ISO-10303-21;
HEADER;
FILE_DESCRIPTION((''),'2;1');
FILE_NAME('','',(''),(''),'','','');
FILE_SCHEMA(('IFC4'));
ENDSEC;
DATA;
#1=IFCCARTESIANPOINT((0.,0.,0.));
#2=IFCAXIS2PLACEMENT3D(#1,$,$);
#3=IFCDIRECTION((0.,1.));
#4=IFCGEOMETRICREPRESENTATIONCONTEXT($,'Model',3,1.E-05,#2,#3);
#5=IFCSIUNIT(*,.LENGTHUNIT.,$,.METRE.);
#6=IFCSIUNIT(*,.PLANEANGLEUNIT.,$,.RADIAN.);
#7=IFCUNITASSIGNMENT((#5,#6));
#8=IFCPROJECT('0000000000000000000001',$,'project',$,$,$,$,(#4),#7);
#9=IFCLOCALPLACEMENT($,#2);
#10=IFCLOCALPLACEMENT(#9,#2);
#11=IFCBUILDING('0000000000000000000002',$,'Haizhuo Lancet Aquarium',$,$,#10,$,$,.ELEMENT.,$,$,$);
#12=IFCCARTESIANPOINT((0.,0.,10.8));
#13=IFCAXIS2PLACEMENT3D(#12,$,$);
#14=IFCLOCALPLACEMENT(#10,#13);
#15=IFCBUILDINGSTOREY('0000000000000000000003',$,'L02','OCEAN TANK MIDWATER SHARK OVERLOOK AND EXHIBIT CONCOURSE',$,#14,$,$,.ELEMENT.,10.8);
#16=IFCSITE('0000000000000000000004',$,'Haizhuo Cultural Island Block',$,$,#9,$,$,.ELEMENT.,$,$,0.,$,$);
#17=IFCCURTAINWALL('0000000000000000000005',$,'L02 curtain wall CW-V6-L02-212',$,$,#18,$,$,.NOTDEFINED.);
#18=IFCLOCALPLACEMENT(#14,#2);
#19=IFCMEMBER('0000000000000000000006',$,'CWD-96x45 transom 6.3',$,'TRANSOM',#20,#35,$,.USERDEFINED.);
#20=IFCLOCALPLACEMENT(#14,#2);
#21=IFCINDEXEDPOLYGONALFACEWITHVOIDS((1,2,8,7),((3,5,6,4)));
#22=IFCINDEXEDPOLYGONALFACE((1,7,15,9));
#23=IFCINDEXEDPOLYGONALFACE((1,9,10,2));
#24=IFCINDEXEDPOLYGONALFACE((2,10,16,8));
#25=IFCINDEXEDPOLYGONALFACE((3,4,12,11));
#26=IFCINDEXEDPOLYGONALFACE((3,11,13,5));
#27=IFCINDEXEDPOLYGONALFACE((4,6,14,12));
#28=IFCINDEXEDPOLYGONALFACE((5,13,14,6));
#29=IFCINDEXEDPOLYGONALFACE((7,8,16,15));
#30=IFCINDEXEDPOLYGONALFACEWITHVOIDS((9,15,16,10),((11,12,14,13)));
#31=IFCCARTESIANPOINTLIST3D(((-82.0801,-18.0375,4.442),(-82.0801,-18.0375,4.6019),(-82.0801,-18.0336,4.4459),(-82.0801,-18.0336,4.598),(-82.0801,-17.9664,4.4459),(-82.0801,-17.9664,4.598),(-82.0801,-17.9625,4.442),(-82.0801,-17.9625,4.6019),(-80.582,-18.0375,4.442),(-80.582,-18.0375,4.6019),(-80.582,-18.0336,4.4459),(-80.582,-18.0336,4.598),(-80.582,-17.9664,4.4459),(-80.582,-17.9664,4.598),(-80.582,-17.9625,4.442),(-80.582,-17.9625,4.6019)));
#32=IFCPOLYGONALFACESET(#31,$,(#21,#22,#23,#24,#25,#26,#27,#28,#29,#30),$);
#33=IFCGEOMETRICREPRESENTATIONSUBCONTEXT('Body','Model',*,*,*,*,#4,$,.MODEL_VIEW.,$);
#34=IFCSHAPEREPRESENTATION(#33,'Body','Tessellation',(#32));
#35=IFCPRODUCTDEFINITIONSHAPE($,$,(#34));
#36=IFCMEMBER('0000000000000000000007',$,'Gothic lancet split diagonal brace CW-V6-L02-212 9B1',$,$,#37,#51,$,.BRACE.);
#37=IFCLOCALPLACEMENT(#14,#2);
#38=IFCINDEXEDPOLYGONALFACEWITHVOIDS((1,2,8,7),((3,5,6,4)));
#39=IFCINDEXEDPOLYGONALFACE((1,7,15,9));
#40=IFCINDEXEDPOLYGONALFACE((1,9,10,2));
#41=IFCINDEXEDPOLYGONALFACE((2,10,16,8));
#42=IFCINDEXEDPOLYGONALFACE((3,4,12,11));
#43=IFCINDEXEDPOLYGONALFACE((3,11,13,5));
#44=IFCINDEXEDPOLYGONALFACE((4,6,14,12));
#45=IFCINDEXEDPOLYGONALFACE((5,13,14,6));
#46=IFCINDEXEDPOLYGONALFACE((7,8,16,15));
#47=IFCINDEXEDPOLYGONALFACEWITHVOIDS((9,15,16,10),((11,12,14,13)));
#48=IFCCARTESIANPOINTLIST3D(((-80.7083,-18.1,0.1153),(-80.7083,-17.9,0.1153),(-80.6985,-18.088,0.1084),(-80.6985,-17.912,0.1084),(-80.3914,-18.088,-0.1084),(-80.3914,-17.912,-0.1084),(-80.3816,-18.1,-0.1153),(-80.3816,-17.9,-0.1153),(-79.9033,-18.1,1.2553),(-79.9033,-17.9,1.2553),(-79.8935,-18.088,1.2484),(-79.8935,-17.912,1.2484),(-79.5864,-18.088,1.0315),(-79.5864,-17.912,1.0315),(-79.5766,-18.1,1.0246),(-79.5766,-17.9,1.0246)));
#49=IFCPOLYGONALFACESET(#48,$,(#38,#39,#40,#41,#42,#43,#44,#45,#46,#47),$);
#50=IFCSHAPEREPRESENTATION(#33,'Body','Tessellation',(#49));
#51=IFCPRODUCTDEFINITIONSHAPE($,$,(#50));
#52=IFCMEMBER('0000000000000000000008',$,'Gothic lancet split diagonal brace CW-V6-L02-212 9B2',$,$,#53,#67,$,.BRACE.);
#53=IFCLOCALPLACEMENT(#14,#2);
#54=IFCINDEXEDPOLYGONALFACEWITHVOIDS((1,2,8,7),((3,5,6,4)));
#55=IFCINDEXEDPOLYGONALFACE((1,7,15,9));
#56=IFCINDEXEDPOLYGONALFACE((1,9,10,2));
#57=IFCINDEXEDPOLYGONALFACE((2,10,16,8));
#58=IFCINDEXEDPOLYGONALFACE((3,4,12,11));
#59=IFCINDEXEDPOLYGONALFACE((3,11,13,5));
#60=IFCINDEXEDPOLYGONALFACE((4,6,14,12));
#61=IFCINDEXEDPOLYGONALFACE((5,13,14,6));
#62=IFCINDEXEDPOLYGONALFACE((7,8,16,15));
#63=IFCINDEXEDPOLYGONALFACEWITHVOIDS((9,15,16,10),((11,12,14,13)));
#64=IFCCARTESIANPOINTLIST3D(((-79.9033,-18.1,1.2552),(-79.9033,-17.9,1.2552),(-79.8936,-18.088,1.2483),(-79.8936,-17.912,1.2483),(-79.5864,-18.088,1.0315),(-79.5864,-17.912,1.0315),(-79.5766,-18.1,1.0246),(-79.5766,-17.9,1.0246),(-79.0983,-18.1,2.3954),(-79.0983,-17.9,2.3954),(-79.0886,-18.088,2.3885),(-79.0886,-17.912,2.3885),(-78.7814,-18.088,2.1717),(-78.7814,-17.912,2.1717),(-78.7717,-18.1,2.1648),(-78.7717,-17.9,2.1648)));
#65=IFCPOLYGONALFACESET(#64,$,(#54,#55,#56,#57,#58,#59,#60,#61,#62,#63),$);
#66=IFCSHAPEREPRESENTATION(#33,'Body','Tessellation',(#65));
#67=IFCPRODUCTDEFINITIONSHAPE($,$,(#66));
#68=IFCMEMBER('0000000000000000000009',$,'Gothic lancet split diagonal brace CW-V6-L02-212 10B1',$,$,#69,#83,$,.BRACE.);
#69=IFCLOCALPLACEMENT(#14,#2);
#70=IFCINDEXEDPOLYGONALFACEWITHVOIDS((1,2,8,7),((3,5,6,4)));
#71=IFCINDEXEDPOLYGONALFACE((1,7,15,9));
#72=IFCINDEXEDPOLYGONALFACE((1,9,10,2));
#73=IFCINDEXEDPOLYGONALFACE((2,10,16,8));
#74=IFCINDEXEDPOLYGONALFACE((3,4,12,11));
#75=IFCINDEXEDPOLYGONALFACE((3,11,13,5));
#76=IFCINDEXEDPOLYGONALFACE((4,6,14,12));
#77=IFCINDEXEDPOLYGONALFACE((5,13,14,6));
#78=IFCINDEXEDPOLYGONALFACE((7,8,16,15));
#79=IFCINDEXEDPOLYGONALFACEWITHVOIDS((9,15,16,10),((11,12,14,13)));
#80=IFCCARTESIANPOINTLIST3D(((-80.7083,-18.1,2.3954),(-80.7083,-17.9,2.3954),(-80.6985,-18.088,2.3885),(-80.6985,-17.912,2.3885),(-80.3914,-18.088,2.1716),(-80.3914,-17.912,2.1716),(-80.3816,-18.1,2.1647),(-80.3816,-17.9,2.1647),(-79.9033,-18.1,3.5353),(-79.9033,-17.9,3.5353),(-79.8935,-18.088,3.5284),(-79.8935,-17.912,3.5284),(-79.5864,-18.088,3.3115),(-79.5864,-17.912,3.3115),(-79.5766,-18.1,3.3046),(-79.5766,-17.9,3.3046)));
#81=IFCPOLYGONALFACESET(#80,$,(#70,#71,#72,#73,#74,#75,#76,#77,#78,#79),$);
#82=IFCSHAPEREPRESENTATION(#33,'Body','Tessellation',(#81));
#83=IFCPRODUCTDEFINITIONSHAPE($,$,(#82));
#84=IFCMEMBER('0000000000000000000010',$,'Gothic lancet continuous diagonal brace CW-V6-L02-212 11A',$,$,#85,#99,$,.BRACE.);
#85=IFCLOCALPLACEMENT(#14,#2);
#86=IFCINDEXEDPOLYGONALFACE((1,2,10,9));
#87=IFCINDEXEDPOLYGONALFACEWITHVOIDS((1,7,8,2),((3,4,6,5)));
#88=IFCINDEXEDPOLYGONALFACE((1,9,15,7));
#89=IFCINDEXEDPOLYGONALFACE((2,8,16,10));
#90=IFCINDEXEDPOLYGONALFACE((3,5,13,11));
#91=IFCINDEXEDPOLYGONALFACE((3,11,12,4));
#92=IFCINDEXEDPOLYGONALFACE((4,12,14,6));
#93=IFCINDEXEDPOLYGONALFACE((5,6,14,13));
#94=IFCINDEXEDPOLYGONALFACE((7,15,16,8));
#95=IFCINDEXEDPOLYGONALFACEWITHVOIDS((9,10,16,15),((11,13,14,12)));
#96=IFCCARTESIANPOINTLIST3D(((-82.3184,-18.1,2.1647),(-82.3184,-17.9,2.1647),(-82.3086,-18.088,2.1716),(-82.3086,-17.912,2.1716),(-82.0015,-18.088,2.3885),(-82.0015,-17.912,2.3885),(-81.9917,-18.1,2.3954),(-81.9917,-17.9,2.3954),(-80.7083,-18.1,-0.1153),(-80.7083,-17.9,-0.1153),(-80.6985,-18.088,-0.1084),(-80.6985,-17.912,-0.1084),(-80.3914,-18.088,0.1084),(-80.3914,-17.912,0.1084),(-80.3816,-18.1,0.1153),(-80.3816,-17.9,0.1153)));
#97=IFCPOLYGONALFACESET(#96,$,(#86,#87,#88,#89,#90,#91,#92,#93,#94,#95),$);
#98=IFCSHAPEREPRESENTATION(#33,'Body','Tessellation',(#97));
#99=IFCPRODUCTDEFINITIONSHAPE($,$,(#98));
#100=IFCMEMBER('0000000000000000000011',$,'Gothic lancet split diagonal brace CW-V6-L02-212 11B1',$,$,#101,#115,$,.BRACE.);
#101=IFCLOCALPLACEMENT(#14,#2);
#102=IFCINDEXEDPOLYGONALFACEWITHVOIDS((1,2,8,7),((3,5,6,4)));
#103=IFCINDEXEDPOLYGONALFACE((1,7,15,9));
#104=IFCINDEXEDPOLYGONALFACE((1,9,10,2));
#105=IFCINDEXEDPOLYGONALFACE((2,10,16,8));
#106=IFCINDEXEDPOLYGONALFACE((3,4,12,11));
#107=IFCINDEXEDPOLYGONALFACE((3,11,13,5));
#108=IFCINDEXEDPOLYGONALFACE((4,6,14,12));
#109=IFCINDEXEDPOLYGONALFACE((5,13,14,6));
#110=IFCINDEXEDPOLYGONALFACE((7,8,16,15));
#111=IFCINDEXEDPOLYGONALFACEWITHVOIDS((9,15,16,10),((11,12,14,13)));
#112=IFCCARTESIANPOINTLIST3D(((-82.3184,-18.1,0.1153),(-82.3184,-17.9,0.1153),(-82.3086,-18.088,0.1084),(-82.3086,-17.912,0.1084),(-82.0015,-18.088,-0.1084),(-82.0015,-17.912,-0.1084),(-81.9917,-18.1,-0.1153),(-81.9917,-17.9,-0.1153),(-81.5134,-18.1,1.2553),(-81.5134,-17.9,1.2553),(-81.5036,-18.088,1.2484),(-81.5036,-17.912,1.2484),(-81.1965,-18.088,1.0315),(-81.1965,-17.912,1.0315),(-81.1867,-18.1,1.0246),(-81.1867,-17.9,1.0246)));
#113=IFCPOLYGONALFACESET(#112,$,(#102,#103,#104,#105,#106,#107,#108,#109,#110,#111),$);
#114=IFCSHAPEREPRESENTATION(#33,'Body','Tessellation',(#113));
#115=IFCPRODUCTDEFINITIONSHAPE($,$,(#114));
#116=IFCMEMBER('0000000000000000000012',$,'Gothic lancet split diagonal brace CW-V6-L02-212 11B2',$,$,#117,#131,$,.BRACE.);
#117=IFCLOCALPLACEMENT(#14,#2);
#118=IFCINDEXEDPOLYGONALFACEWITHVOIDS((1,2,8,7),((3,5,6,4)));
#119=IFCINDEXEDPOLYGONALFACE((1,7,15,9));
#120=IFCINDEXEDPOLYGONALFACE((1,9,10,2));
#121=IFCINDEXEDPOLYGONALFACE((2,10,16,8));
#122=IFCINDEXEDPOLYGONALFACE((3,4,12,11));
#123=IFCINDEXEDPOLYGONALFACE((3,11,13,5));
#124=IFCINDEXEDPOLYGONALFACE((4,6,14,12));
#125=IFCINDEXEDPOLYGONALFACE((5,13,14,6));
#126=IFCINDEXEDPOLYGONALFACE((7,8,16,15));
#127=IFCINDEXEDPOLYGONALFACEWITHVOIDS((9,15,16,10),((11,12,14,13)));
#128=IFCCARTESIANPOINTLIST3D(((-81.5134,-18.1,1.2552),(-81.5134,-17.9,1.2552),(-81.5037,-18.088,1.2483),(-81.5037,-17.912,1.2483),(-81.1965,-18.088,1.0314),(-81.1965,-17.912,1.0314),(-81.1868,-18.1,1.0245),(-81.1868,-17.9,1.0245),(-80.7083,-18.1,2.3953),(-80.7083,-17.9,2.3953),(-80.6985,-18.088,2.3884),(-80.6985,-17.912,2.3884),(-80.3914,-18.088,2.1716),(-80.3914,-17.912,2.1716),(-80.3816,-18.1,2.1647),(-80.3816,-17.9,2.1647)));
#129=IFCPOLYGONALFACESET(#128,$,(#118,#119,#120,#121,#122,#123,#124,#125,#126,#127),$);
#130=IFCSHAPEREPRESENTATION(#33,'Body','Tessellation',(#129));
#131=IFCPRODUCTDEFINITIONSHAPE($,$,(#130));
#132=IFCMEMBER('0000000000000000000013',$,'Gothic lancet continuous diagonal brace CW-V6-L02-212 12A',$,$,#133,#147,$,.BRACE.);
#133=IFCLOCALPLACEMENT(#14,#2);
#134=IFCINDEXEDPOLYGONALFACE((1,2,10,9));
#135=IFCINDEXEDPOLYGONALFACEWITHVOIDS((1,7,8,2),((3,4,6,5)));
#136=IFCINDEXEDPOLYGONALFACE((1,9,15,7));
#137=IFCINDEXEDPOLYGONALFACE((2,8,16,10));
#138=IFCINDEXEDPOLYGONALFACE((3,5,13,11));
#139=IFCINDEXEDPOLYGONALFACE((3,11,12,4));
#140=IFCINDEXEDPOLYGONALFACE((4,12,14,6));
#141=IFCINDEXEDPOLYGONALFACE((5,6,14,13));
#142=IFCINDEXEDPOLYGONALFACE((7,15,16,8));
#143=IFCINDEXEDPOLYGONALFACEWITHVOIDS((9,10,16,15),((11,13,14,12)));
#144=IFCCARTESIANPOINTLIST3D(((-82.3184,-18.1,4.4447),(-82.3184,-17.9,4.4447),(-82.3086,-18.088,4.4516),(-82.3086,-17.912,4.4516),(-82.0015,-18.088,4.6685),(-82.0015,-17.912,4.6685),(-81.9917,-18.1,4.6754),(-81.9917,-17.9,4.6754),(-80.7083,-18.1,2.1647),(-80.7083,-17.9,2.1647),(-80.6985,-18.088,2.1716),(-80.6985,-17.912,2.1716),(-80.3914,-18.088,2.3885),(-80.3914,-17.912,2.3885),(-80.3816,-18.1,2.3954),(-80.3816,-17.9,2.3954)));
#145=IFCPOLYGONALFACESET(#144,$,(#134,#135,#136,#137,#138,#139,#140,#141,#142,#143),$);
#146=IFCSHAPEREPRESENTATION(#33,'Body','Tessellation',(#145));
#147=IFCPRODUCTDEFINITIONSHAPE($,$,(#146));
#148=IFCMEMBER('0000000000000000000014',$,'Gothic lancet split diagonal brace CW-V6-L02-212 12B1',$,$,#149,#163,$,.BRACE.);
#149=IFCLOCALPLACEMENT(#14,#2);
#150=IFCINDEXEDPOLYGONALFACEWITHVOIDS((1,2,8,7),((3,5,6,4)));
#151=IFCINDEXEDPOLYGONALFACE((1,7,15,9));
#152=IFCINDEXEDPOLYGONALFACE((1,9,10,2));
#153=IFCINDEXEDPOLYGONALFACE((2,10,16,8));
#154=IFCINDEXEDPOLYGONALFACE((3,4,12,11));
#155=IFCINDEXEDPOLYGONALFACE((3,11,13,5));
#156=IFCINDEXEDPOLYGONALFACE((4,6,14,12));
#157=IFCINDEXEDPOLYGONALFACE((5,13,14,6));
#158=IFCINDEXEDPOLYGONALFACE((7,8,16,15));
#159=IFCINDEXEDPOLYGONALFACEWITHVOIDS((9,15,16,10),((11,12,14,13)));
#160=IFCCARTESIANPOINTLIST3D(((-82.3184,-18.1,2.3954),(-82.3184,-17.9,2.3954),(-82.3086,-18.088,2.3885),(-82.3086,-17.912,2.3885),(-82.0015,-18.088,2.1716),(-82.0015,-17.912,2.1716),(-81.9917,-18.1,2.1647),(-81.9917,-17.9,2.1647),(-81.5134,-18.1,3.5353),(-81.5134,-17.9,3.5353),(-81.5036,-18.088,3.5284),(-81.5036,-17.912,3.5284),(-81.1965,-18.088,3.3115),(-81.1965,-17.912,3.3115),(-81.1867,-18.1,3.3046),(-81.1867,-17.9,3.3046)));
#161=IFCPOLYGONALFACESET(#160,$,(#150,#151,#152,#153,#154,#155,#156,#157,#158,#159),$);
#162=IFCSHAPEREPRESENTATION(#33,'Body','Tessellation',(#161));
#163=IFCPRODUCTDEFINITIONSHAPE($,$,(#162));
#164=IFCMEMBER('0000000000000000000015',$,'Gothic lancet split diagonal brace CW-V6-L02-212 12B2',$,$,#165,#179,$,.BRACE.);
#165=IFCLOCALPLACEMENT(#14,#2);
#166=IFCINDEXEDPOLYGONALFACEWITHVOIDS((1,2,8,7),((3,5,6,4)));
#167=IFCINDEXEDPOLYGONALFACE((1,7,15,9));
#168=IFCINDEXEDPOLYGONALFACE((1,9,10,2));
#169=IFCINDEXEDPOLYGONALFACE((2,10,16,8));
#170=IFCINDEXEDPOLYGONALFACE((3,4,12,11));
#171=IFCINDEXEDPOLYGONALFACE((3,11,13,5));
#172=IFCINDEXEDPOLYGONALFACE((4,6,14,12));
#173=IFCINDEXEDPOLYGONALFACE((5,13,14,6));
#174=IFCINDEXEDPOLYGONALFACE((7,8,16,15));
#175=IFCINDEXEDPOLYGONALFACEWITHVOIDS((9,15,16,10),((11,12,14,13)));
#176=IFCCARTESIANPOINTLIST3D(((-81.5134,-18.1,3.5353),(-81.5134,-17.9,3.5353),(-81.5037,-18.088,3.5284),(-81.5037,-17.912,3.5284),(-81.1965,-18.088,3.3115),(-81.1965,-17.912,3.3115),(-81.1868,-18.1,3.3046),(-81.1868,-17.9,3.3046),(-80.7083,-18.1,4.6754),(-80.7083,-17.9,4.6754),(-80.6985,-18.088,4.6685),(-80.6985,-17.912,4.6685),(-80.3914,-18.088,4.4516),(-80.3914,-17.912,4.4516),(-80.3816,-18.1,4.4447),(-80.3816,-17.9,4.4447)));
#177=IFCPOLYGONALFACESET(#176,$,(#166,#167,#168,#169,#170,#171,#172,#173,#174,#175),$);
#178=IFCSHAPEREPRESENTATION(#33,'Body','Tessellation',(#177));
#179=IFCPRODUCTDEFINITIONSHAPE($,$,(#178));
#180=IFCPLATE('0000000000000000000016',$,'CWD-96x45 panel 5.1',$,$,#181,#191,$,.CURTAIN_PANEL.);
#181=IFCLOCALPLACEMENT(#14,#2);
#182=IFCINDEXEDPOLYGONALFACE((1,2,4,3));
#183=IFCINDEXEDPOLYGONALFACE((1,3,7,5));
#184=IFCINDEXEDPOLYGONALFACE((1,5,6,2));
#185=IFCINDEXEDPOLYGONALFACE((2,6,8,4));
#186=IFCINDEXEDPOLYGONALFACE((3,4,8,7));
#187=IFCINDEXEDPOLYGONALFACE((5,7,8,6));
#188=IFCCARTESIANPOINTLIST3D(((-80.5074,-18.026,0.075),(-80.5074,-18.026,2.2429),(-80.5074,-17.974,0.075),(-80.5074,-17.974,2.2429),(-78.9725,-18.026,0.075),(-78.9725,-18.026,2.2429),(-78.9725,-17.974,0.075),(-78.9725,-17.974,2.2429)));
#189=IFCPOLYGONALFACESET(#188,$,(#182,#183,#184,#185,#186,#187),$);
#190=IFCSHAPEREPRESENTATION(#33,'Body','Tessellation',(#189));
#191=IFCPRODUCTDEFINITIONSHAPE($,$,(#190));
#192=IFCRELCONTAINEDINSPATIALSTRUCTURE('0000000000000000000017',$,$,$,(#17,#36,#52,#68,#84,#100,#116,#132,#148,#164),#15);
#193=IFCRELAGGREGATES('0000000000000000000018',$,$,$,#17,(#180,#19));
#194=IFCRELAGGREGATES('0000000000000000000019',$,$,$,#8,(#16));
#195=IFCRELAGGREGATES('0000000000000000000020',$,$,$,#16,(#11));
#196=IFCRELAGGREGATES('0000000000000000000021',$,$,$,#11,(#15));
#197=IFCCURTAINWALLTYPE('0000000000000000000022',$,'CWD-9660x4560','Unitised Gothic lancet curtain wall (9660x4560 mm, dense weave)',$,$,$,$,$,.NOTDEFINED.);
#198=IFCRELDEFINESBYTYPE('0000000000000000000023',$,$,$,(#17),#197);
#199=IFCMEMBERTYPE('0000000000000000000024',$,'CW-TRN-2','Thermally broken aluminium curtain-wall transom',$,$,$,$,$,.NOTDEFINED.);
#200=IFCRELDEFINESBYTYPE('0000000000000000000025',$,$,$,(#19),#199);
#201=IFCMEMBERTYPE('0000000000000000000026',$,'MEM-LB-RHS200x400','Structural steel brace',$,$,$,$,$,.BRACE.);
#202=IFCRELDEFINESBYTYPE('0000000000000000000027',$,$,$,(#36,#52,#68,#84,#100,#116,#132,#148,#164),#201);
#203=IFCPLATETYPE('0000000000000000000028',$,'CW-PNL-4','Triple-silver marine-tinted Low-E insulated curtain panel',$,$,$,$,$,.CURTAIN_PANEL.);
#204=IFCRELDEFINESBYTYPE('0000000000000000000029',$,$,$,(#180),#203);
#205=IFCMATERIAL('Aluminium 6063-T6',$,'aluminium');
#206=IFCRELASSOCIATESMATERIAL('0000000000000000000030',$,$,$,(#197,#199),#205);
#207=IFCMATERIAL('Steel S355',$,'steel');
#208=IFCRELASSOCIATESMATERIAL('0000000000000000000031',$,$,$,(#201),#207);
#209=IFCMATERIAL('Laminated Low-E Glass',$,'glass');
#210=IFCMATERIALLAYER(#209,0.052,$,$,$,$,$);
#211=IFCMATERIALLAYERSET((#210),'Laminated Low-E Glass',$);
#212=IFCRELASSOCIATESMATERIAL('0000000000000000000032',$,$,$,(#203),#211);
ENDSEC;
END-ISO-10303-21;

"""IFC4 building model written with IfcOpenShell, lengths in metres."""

from ifc_helpers import new_model, si_unit, direction, frame, origin, origin_2d, place, context, subcontext, project, spatial, rectangle, hollow_rectangle, extrude, material, layer, layer_set, material_profile, profile_set, type_object, element, aggregate, save


model = new_model("IFC4")

# Units and contexts
model_context = context("Model", 3, precision=1e-05, world=origin(), true_north=direction((0.0, 1.0)))
body_context = subcontext(model_context, "Body", "Model", "MODEL_VIEW")
ifc_project = project(units=[si_unit("LENGTHUNIT", "METRE"), si_unit("PLANEANGLEUNIT", "RADIAN")], contexts=[model_context])

# Site, building, storey
site_placement = place(None, origin())
site = spatial("IfcSite", under=ifc_project, at=site_placement, Name="Haizhuo Cultural Island Block", CompositionType="ELEMENT", RefElevation=0.0)
building_placement = place(site_placement, origin())
building = spatial("IfcBuilding", under=site, at=building_placement, Name="Haizhuo Lancet Aquarium", CompositionType="ELEMENT")
storey_placement = place(building_placement, frame((0.0, 0.0, 10.8)))
storey = spatial("IfcBuildingStorey", under=building, at=storey_placement, Name="L02", Description="OCEAN TANK MIDWATER SHARK OVERLOOK AND EXHIBIT CONCOURSE", CompositionType="ELEMENT", Elevation=10.8)

# Shared definitions
ifc_material_1 = material(Name="Steel S355", Category="steel")

# Curtain wall, member
ifc_material_2 = material(Name="Aluminium 6063-T6", Category="aluminium")
curtain_wall_type = type_object("IfcCurtainWallType", Name="CWD-9660x4560", Description="Unitised Gothic lancet curtain wall (9660x4560 mm, dense weave)", PredefinedType="NOTDEFINED", material=ifc_material_2)
curtain_wall_placement = place(storey_placement, origin())
curtain_wall = element("IfcCurtainWall", 1, at=curtain_wall_placement, inside=storey, type_object=curtain_wall_type, Name="L02 curtain wall CW-V6-L02-212", PredefinedType="NOTDEFINED")
ifc_material_profile_1 = material_profile(ifc_material_2, hollow_rectangle(XDim=0.075, YDim=0.1599, WallThickness=0.0039, at=origin_2d()), Name="ALU-T 75x160x4")
ifc_profile_set_1 = profile_set([ifc_material_profile_1], Name="Aluminium 6063-T6")
member_type_1 = type_object("IfcMemberType", Name="CW-TRN-2", Description="Thermally broken aluminium curtain-wall transom", PredefinedType="NOTDEFINED", material=ifc_profile_set_1)
member_1_placement = place(storey_placement, frame((-80.582, -18.0, 4.522), z_axis=(-1.0, 0.0, 0.0), x_axis=(0.0, -1.0, 0.0)))
member_1 = element("IfcMember", 2, at=member_1_placement, type_object=member_type_1, Name="CWD-96x45 transom 6.3", ObjectType="TRANSOM", PredefinedType="USERDEFINED", context=body_context, shape_type="SweptSolid", body=[
    extrude(hollow_rectangle(XDim=0.075, YDim=0.1599, WallThickness=0.0039, at=origin_2d()), origin(), (0.0, 0.0, 1.0), 1.498),
])

# Members
ifc_material_profile_2 = material_profile(ifc_material_1, hollow_rectangle(XDim=0.2, YDim=0.3999, WallThickness=0.012, at=origin_2d()), Name="RHS 200x400x12")
ifc_profile_set_2 = profile_set([ifc_material_profile_2], Name="Steel S355")
member_type_2 = type_object("IfcMemberType", Name="MEM-LB-RHS200x400", Description="Structural steel brace", PredefinedType="BRACE", material=ifc_profile_set_2)
member_2_placement = place(storey_placement, frame((-80.5449, -18.0, 0.0), z_axis=(0.576827, 0.0, 0.816866), x_axis=(0.0, 1.0, 0.0)))
element("IfcMember", 3, at=member_2_placement, inside=storey, type_object=member_type_2, Name="Gothic lancet split diagonal brace CW-V6-L02-212 9B1", PredefinedType="BRACE", context=body_context, shape_type="SweptSolid", body=[
    extrude(hollow_rectangle(XDim=0.2, YDim=0.3999, WallThickness=0.012, at=origin_2d()), origin(), (0.0, 0.0, 1.0), 1.3955),
])
member_3_placement = place(storey_placement, frame((-79.74, -18.0, 1.1399), z_axis=(0.576745, 0.0, 0.816924), x_axis=(0.0, 1.0, 0.0)))
element("IfcMember", 4, at=member_3_placement, inside=storey, type_object=member_type_2, Name="Gothic lancet split diagonal brace CW-V6-L02-212 9B2", PredefinedType="BRACE", context=body_context, shape_type="SweptSolid", body=[
    extrude(hollow_rectangle(XDim=0.2, YDim=0.3999, WallThickness=0.012, at=origin_2d()), origin(), (0.0, 0.0, 1.0), 1.3958),
])
member_4_placement = place(storey_placement, frame((-80.5449, -18.0, 2.28), z_axis=(0.576827, 0.0, 0.816866), x_axis=(0.0, 1.0, 0.0)))
element("IfcMember", 5, at=member_4_placement, inside=storey, type_object=member_type_2, Name="Gothic lancet split diagonal brace CW-V6-L02-212 10B1", PredefinedType="BRACE", context=body_context, shape_type="SweptSolid", body=[
    extrude(hollow_rectangle(XDim=0.2, YDim=0.3999, WallThickness=0.012, at=origin_2d()), origin(), (0.0, 0.0, 1.0), 1.3955),
])
member_5_placement = place(storey_placement, frame((-80.5449, -18.0, 0.0), z_axis=(-0.576845, 0.0, 0.816854), x_axis=(0.0, -1.0, 0.0)))
element("IfcMember", 6, at=member_5_placement, inside=storey, type_object=member_type_2, Name="Gothic lancet continuous diagonal brace CW-V6-L02-212 11A", PredefinedType="BRACE", context=body_context, shape_type="SweptSolid", body=[
    extrude(hollow_rectangle(XDim=0.2, YDim=0.3999, WallThickness=0.012, at=origin_2d()), origin(), (0.0, 0.0, 1.0), 2.7913),
])
member_6_placement = place(storey_placement, frame((-82.155, -18.0, 0.0), z_axis=(0.576827, 0.0, 0.816866), x_axis=(0.0, 1.0, 0.0)))
element("IfcMember", 7, at=member_6_placement, inside=storey, type_object=member_type_2, Name="Gothic lancet split diagonal brace CW-V6-L02-212 11B1", PredefinedType="BRACE", context=body_context, shape_type="SweptSolid", body=[
    extrude(hollow_rectangle(XDim=0.2, YDim=0.3999, WallThickness=0.012, at=origin_2d()), origin(), (0.0, 0.0, 1.0), 1.3955),
])
member_7_placement = place(storey_placement, frame((-81.3501, -18.0, 1.1399), z_axis=(0.576862, 0.0, 0.816842), x_axis=(0.0, 1.0, 0.0)))
element("IfcMember", 8, at=member_7_placement, inside=storey, type_object=member_type_2, Name="Gothic lancet split diagonal brace CW-V6-L02-212 11B2", PredefinedType="BRACE", context=body_context, shape_type="SweptSolid", body=[
    extrude(hollow_rectangle(XDim=0.2, YDim=0.3999, WallThickness=0.012, at=origin_2d()), origin(), (0.0, 0.0, 1.0), 1.3958),
])
member_8_placement = place(storey_placement, frame((-80.5449, -18.0, 2.28), z_axis=(-0.576845, 0.0, 0.816854), x_axis=(0.0, -1.0, 0.0)))
element("IfcMember", 9, at=member_8_placement, inside=storey, type_object=member_type_2, Name="Gothic lancet continuous diagonal brace CW-V6-L02-212 12A", PredefinedType="BRACE", context=body_context, shape_type="SweptSolid", body=[
    extrude(hollow_rectangle(XDim=0.2, YDim=0.3999, WallThickness=0.012, at=origin_2d()), origin(), (0.0, 0.0, 1.0), 2.7913),
])
member_9_placement = place(storey_placement, frame((-82.155, -18.0, 2.28), z_axis=(0.576827, 0.0, 0.816866), x_axis=(0.0, 1.0, 0.0)))
element("IfcMember", 10, at=member_9_placement, inside=storey, type_object=member_type_2, Name="Gothic lancet split diagonal brace CW-V6-L02-212 12B1", PredefinedType="BRACE", context=body_context, shape_type="SweptSolid", body=[
    extrude(hollow_rectangle(XDim=0.2, YDim=0.3999, WallThickness=0.012, at=origin_2d()), origin(), (0.0, 0.0, 1.0), 1.3955),
])
member_10_placement = place(storey_placement, frame((-81.3501, -18.0, 3.4199), z_axis=(0.576862, 0.0, 0.816842), x_axis=(0.0, 1.0, 0.0)))
element("IfcMember", 11, at=member_10_placement, inside=storey, type_object=member_type_2, Name="Gothic lancet split diagonal brace CW-V6-L02-212 12B2", PredefinedType="BRACE", context=body_context, shape_type="SweptSolid", body=[
    extrude(hollow_rectangle(XDim=0.2, YDim=0.3999, WallThickness=0.012, at=origin_2d()), origin(), (0.0, 0.0, 1.0), 1.3958),
])

# Plate
ifc_material_3 = material(Name="Laminated Low-E Glass", Category="glass")
ifc_layer = layer(ifc_material_3, 0.052)
ifc_layer_set = layer_set([ifc_layer], Name="Laminated Low-E Glass")
plate_type = type_object("IfcPlateType", Name="CW-PNL-4", Description="Triple-silver marine-tinted Low-E insulated curtain panel", PredefinedType="CURTAIN_PANEL", material=ifc_layer_set)
plate_1_placement = place(storey_placement, frame((-79.74, -18.0, 0.075), z_axis=(0.0, 0.0, 1.0), x_axis=(-1.0, 0.0, 0.0)))
plate_1 = element("IfcPlate", 12, at=plate_1_placement, type_object=plate_type, Name="CWD-96x45 panel 5.1", PredefinedType="CURTAIN_PANEL", context=body_context, shape_type="SweptSolid", body=[
    extrude(rectangle(XDim=1.5349, YDim=0.052, at=origin_2d()), origin(), (0.0, 0.0, 1.0), 2.168),
])
aggregate(curtain_wall, [plate_1, member_1])

save(model, "model.ifc")
